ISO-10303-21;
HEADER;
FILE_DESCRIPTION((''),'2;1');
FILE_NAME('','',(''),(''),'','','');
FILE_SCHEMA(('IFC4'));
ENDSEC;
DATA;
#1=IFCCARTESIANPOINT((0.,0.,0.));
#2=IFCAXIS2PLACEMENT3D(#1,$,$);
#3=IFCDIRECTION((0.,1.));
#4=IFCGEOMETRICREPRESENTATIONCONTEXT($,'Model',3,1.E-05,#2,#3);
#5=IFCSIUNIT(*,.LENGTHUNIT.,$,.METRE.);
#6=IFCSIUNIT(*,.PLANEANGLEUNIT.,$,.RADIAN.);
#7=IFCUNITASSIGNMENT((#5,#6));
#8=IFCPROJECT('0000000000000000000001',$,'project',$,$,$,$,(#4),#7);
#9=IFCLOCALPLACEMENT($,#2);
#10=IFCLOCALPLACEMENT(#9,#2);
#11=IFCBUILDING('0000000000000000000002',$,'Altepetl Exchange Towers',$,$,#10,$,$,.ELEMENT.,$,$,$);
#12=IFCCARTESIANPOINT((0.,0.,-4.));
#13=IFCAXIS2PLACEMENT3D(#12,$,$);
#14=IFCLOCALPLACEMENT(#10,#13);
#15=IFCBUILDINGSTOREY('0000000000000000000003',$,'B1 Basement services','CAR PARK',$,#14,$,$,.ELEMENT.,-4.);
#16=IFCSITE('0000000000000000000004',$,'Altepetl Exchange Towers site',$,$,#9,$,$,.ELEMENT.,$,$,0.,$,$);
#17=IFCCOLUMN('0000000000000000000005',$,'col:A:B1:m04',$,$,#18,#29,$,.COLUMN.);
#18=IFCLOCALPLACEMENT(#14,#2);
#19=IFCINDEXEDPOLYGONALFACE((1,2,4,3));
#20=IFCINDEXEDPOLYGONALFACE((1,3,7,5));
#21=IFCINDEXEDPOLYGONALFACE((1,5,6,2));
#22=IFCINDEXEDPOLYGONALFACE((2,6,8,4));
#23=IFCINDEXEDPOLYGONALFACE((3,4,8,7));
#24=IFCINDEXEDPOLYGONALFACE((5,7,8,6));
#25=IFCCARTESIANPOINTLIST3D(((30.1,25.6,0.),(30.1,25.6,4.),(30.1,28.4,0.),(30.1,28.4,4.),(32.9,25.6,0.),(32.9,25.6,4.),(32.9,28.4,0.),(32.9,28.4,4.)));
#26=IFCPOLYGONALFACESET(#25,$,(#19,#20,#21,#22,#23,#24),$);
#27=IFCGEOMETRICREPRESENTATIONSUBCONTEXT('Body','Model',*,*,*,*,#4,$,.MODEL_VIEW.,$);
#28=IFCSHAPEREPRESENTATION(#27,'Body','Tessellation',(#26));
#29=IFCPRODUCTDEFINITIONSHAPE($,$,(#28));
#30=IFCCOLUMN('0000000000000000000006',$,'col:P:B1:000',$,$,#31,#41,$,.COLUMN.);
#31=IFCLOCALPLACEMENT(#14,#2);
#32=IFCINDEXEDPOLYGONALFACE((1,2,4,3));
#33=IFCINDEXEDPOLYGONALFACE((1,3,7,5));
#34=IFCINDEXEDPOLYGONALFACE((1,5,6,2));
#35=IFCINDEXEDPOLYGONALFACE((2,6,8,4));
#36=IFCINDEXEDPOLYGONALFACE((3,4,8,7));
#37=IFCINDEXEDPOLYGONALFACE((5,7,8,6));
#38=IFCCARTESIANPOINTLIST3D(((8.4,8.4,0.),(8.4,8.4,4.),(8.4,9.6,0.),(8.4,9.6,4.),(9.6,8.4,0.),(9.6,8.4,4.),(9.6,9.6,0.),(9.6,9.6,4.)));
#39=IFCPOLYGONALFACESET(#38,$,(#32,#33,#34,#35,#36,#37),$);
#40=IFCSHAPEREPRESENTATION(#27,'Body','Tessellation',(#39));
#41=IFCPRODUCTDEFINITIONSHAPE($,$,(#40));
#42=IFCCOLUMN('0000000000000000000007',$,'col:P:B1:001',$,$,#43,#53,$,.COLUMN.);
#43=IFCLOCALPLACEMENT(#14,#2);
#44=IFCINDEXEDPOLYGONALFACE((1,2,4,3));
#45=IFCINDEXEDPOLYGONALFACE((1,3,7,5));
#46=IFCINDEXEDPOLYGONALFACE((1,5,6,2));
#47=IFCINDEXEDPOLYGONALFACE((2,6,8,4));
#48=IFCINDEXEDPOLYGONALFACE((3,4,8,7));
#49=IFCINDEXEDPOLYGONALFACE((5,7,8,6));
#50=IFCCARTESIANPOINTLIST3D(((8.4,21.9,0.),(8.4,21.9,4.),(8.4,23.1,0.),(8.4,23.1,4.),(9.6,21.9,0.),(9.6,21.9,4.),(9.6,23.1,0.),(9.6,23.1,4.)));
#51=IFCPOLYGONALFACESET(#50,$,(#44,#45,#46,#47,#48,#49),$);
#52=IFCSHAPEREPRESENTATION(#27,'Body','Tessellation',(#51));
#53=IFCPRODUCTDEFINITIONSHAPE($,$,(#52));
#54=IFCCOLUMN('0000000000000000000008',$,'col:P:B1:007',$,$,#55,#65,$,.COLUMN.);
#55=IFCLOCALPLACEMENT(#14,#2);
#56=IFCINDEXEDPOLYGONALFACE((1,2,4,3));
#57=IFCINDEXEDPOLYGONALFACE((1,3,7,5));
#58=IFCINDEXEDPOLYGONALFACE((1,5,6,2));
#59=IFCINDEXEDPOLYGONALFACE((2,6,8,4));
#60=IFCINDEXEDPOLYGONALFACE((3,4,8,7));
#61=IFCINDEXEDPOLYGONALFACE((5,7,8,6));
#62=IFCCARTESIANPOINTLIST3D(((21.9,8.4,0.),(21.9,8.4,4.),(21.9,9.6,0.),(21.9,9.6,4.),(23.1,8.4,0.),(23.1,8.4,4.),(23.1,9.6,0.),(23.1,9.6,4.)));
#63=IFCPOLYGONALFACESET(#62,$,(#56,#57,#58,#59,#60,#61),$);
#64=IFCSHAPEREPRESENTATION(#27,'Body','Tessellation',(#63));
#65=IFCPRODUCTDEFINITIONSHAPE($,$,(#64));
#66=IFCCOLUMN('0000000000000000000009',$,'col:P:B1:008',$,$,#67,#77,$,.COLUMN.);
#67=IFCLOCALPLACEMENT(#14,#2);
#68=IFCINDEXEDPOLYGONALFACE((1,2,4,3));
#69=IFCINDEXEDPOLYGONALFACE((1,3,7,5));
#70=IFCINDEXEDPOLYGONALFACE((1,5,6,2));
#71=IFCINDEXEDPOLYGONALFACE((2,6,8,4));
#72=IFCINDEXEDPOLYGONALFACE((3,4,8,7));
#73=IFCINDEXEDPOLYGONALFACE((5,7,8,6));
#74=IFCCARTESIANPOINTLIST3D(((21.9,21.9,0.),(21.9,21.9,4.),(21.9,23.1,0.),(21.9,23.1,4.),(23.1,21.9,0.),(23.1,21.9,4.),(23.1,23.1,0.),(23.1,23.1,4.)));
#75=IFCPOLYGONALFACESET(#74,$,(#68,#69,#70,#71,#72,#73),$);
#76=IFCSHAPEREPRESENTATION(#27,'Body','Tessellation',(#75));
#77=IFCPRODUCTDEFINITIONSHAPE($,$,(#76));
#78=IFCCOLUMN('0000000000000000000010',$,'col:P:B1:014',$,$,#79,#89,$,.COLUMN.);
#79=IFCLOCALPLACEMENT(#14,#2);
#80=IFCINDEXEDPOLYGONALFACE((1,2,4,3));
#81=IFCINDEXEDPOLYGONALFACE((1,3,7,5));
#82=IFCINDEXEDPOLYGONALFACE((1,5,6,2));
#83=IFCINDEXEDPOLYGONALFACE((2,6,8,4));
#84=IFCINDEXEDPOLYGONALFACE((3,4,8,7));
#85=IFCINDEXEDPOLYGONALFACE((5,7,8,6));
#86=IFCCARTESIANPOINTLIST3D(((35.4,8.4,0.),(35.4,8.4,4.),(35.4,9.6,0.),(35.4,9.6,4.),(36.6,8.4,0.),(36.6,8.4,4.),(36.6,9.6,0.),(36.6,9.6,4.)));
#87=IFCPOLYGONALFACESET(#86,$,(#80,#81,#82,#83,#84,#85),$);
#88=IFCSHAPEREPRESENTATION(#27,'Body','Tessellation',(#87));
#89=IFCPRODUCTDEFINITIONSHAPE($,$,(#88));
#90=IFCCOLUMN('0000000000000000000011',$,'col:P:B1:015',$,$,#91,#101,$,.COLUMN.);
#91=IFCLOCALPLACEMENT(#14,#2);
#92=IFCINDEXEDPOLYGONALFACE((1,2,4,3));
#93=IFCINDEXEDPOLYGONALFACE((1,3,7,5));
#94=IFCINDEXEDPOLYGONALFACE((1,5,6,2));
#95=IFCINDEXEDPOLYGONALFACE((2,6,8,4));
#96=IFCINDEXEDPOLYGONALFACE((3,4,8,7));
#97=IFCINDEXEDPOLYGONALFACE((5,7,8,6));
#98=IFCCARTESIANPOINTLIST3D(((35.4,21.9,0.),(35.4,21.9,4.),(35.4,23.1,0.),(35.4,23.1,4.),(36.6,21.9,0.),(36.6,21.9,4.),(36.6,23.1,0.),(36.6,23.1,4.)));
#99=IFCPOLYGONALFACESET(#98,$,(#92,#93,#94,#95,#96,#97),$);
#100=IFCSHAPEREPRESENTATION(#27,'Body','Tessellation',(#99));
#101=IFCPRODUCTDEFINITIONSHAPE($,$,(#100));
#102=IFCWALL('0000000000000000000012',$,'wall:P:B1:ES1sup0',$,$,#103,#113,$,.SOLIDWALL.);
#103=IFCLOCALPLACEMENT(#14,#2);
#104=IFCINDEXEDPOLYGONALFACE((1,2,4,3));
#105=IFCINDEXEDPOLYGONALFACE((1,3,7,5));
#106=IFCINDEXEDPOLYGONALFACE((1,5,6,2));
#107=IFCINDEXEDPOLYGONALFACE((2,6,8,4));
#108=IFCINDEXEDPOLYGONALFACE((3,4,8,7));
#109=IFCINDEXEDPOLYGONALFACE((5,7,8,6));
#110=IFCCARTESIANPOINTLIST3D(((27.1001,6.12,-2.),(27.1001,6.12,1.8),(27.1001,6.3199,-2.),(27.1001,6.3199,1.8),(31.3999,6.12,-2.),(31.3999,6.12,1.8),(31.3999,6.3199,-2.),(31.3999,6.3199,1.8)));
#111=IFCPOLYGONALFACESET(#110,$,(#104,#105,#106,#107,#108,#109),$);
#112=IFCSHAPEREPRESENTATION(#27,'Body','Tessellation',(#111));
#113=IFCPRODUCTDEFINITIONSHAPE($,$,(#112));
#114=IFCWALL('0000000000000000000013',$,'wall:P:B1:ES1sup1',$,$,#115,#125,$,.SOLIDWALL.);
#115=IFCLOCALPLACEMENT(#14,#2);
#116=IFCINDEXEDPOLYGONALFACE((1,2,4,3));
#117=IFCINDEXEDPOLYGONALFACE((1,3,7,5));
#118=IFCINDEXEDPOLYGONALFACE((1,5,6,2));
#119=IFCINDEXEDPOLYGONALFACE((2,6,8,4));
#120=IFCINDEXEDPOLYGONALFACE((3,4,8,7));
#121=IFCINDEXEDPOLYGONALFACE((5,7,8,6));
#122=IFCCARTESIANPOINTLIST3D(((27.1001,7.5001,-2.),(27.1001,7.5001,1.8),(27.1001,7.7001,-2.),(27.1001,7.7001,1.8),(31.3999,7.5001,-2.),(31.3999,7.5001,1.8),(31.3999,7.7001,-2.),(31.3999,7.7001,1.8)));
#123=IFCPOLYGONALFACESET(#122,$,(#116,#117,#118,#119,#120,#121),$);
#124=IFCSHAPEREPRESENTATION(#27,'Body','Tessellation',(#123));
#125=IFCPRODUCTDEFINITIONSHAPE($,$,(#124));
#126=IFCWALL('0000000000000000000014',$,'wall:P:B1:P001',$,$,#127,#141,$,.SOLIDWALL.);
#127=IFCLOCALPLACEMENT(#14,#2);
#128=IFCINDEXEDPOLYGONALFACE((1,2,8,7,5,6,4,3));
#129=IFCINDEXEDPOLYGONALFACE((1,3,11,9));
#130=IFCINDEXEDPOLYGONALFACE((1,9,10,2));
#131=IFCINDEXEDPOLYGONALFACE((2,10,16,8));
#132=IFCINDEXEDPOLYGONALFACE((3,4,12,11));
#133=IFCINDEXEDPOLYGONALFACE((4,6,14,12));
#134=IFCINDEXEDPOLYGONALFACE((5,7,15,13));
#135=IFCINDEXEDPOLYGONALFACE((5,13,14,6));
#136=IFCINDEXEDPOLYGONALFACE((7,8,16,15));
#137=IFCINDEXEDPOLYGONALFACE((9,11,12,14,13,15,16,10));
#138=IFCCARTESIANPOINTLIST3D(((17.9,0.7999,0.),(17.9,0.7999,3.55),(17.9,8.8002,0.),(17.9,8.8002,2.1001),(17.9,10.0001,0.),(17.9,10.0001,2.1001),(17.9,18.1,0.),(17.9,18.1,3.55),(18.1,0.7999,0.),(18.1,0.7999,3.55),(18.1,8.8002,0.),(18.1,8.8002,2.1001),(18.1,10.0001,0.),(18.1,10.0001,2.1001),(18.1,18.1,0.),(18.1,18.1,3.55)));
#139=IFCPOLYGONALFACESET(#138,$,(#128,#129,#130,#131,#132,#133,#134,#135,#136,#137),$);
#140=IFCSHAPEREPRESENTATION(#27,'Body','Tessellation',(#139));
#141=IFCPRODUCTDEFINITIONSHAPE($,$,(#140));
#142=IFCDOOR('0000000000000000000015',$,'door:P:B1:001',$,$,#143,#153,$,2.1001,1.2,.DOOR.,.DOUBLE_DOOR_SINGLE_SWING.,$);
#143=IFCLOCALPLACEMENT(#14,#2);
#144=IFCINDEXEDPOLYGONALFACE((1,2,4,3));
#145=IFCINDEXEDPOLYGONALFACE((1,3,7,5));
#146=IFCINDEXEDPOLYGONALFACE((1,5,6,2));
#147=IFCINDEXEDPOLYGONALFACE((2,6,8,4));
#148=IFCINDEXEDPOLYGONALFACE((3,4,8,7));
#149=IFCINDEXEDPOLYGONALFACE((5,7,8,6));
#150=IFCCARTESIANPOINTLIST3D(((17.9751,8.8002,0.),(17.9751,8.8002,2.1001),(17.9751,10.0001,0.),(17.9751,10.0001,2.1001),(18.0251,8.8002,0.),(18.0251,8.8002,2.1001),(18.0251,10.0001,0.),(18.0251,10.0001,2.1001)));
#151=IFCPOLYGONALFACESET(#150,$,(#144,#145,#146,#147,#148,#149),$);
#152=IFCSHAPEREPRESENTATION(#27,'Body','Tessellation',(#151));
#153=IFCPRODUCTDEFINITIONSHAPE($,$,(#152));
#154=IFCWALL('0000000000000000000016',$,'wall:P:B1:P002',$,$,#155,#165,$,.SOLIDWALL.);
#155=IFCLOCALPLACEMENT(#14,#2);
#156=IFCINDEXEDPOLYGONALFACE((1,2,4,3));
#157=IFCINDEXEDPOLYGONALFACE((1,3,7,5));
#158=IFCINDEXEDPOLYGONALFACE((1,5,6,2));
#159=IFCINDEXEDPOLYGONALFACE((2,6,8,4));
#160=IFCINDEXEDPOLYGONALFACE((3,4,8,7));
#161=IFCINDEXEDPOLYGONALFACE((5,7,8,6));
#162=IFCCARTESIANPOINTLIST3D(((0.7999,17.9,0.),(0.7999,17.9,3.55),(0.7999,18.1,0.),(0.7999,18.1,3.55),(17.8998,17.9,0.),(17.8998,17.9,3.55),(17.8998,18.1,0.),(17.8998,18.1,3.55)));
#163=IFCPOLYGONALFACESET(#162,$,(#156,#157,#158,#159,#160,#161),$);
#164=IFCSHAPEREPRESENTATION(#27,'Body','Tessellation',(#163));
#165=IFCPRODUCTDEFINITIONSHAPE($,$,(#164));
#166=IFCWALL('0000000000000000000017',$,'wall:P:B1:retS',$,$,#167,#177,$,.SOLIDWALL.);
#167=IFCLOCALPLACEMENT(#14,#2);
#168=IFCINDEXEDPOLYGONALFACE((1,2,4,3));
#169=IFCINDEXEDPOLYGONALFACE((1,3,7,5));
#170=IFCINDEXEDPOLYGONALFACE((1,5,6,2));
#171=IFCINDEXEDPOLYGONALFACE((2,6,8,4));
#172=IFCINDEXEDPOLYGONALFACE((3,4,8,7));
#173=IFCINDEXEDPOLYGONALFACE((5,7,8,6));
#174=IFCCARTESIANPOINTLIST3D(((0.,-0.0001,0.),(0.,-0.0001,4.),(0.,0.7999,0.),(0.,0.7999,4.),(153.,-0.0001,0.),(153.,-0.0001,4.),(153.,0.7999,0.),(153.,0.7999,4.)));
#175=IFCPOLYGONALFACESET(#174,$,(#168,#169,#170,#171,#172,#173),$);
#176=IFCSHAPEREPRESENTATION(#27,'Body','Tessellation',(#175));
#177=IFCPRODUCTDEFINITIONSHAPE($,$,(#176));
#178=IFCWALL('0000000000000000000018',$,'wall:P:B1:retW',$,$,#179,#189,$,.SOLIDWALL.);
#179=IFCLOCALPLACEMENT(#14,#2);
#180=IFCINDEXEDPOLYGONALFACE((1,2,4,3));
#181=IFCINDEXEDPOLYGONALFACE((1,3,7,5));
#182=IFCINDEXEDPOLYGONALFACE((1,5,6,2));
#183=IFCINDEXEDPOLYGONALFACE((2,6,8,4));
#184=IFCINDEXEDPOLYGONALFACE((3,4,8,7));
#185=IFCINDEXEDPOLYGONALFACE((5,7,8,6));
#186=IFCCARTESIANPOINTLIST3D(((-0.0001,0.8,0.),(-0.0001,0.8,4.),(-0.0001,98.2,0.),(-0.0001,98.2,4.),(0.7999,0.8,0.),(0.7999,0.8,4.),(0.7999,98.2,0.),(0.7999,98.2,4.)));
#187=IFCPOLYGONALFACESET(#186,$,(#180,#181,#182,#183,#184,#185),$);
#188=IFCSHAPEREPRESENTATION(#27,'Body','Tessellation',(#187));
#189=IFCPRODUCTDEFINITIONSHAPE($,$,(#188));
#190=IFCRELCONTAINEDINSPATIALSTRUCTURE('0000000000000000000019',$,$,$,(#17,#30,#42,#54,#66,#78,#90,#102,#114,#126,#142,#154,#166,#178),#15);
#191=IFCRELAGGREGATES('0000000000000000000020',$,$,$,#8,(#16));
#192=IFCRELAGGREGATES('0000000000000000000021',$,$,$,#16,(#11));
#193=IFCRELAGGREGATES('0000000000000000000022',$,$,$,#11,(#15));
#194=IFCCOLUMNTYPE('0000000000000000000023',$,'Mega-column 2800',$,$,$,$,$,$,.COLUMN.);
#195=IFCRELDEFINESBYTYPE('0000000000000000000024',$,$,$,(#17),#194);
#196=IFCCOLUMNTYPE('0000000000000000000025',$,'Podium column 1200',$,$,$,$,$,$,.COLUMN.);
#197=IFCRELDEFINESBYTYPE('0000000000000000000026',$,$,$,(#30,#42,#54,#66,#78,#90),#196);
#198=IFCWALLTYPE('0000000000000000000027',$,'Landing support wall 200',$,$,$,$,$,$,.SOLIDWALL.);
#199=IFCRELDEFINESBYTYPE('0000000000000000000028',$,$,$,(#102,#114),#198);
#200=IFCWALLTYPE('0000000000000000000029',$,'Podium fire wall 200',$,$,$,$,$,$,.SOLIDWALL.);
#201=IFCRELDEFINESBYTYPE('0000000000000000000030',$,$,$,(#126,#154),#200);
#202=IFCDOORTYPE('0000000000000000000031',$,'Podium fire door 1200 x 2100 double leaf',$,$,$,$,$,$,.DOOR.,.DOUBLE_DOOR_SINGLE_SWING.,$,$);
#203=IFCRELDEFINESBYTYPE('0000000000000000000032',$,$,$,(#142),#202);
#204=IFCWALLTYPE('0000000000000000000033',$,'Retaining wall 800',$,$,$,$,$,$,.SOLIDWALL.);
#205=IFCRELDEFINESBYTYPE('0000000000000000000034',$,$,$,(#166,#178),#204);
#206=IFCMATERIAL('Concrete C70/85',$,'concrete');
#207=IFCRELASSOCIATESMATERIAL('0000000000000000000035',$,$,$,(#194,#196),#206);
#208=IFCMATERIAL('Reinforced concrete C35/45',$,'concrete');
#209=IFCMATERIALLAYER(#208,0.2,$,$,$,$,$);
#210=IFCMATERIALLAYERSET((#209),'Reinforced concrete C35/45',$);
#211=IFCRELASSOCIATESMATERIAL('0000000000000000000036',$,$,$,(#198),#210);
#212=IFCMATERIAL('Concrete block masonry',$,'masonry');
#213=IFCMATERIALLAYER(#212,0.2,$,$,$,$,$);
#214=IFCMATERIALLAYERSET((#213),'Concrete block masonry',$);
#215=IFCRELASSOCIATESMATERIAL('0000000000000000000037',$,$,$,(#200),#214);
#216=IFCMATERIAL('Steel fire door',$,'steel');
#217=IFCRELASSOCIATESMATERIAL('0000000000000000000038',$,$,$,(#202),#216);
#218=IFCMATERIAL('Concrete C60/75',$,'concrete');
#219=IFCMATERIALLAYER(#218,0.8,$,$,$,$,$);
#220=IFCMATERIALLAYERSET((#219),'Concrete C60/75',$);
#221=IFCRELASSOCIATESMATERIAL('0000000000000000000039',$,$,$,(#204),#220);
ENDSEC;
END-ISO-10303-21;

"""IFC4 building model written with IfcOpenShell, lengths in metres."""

from ifc_helpers import new_model, si_unit, direction, frame, frame_2d, origin, origin_2d, place, context, subcontext, project, spatial, rectangle, extrude, material, layer, layer_set, material_profile, profile_set, type_object, element, fill, save


model = new_model("IFC4")

# Units and contexts
model_context = context("Model", 3, precision=1e-05, world=origin(), true_north=direction((0.0, 1.0)))
body_context = subcontext(model_context, "Body", "Model", "MODEL_VIEW")
ifc_project = project(units=[si_unit("LENGTHUNIT", "METRE"), si_unit("PLANEANGLEUNIT", "RADIAN")], contexts=[model_context])

# Site, building, storey
site_placement = place(None, origin())
site = spatial("IfcSite", under=ifc_project, at=site_placement, Name="Altepetl Exchange Towers site", CompositionType="ELEMENT", RefElevation=0.0)
building_placement = place(site_placement, origin())
building = spatial("IfcBuilding", under=site, at=building_placement, Name="Altepetl Exchange Towers", CompositionType="ELEMENT")
storey_placement = place(building_placement, frame((0.0, 0.0, -4.0)))
storey = spatial("IfcBuildingStorey", under=building, at=storey_placement, Name="B1 Basement services", Description="CAR PARK", CompositionType="ELEMENT", Elevation=-4.0)

# Columns
ifc_material_1 = material(Name="Concrete C70/85", Category="concrete")
ifc_material_profile_1 = material_profile(ifc_material_1, rectangle(XDim=2.8, YDim=2.8, at=origin_2d()), Name="2800 x 2800")
ifc_profile_set_1 = profile_set([ifc_material_profile_1], Name="Concrete C70/85")
column_type_1 = type_object("IfcColumnType", Name="Mega-column 2800", PredefinedType="COLUMN", material=ifc_profile_set_1)
column_placement = place(storey_placement, frame((31.5, 27.0, 0.0)))
element("IfcColumn", 1, at=column_placement, inside=storey, type_object=column_type_1, Name="col:A:B1:m04", PredefinedType="COLUMN", context=body_context, shape_type="SweptSolid", body=[
    extrude(rectangle(XDim=2.8, YDim=2.8, at=origin_2d()), origin(), (0.0, 0.0, 1.0), 4.0),
])
ifc_material_profile_2 = material_profile(ifc_material_1, rectangle(XDim=1.2, YDim=1.2, at=origin_2d()), Name="1200 x 1200")
ifc_profile_set_2 = profile_set([ifc_material_profile_2], Name="Concrete C70/85")
column_type_2 = type_object("IfcColumnType", Name="Podium column 1200", PredefinedType="COLUMN", material=ifc_profile_set_2)
for number, where, name in (
    (2, (9.0, 9.0, 0.0), "col:P:B1:000"),
    (3, (9.0, 22.5, 0.0), "col:P:B1:001"),
    (4, (22.5, 9.0, 0.0), "col:P:B1:007"),
    (5, (22.5, 22.5, 0.0), "col:P:B1:008"),
    (6, (36.0, 9.0, 0.0), "col:P:B1:014"),
    (7, (36.0, 22.5, 0.0), "col:P:B1:015"),
):
    element("IfcColumn", number, at=place(storey_placement, frame(where)), inside=storey, type_object=column_type_2, Name=name, PredefinedType="COLUMN", context=body_context, shape_type="SweptSolid", body=[
        extrude(rectangle(XDim=1.2, YDim=1.2, at=origin_2d()), origin(), (0.0, 0.0, 1.0), 4.0),
    ])

# Walls
ifc_material_2 = material(Name="Reinforced concrete C35/45", Category="concrete")
ifc_layer_1 = layer(ifc_material_2, 0.2)
ifc_layer_set_1 = layer_set([ifc_layer_1], Name="Reinforced concrete C35/45")
wall_type_1 = type_object("IfcWallType", Name="Landing support wall 200", PredefinedType="SOLIDWALL", material=ifc_layer_set_1)
for number, where, name in (
    (8, (27.1001, 6.22, -2.0), "wall:P:B1:ES1sup0"),
    (9, (27.1001, 7.6001, -2.0), "wall:P:B1:ES1sup1"),
):
    element("IfcWall", number, at=place(storey_placement, frame(where)), inside=storey, type_object=wall_type_1, Name=name, PredefinedType="SOLIDWALL", context=body_context, shape_type="SweptSolid", body=[
        extrude(rectangle(XDim=4.2998, YDim=0.2, at=frame_2d((2.1499, 0.0))), origin(), (0.0, 0.0, 1.0), 3.8),
    ])

# Wall, opening, door
ifc_material_3 = material(Name="Concrete block masonry", Category="masonry")
ifc_layer_2 = layer(ifc_material_3, 0.2)
ifc_layer_set_2 = layer_set([ifc_layer_2], Name="Concrete block masonry")
wall_type_2 = type_object("IfcWallType", Name="Podium fire wall 200", PredefinedType="SOLIDWALL", material=ifc_layer_set_2)
wall_1_placement = place(storey_placement, frame((18.0, 0.8, 0.0), z_axis=(0.0, 0.0, 1.0), x_axis=(0.0, 1.0, 0.0)))
wall_1 = element("IfcWall", 10, at=wall_1_placement, inside=storey, type_object=wall_type_2, Name="wall:P:B1:P001", PredefinedType="SOLIDWALL", context=body_context, shape_type="SweptSolid", body=[
    extrude(rectangle(XDim=17.3, YDim=0.2, at=frame_2d((8.6499, 0.0))), origin(), (0.0, 0.0, 1.0), 3.55),
])
opening_1_placement = place(wall_1_placement, frame((8.0, 0.0, 0.0)))
opening_1 = element("IfcOpeningElement", 11, at=opening_1_placement, cuts=wall_1, PredefinedType="OPENING", context=body_context, shape_type="SweptSolid", body=[
    extrude(rectangle(XDim=1.2, YDim=2.1001, at=frame_2d((0.6001, 1.05))), frame((0.0, 0.1099, 0.0), z_axis=(0.0, -1.0, 0.0), x_axis=(1.0, 0.0, 0.0)), (0.0, 0.0, 1.0), 0.22),
])
ifc_material_4 = material(Name="Steel fire door", Category="steel")
door_type_1 = type_object("IfcDoorType", Name="Podium fire door 1200 x 2100 double leaf", OperationType="DOUBLE_DOOR_SINGLE_SWING", PredefinedType="DOOR", material=ifc_material_4)
door_1_placement = place(opening_1_placement, origin())
door_1 = element("IfcDoor", 12, at=door_1_placement, inside=storey, type_object=door_type_1, Name="door:P:B1:001", OperationType="DOUBLE_DOOR_SINGLE_SWING", OverallHeight=2.1001, OverallWidth=1.2, PredefinedType="DOOR", context=body_context, shape_type="SweptSolid", body=[
    extrude(rectangle(XDim=1.2, YDim=2.1001, at=frame_2d((0.6001, 1.05))), frame((0.0, 0.0249, 0.0), z_axis=(0.0, -1.0, 0.0), x_axis=(1.0, 0.0, 0.0)), (0.0, 0.0, 1.0), 0.05),
])
fill(opening_1, door_1)

# Walls
wall_2_placement = place(storey_placement, frame((0.8, 18.0, 0.0)))
element("IfcWall", 13, at=wall_2_placement, inside=storey, type_object=wall_type_2, Name="wall:P:B1:P002", PredefinedType="SOLIDWALL", context=body_context, shape_type="SweptSolid", body=[
    extrude(rectangle(XDim=17.0999, YDim=0.2, at=frame_2d((8.5498, 0.0))), origin(), (0.0, 0.0, 1.0), 3.55),
])
ifc_material_5 = material(Name="Concrete C60/75", Category="concrete")
ifc_layer_3 = layer(ifc_material_5, 0.8)
ifc_layer_set_3 = layer_set([ifc_layer_3], Name="Concrete C60/75")
wall_type_3 = type_object("IfcWallType", Name="Retaining wall 800", PredefinedType="SOLIDWALL", material=ifc_layer_set_3)
wall_3_placement = place(storey_placement, frame((0.0, 0.3999, 0.0)))
element("IfcWall", 14, at=wall_3_placement, inside=storey, type_object=wall_type_3, Name="wall:P:B1:retS", PredefinedType="SOLIDWALL", context=body_context, shape_type="SweptSolid", body=[
    extrude(rectangle(XDim=153.0, YDim=0.8, at=frame_2d((76.5, 0.0))), origin(), (0.0, 0.0, 1.0), 4.0),
])
wall_4_placement = place(storey_placement, frame((0.3999, 0.8, 0.0), z_axis=(0.0, 0.0, 1.0), x_axis=(0.0, 1.0, 0.0)))
element("IfcWall", 15, at=wall_4_placement, inside=storey, type_object=wall_type_3, Name="wall:P:B1:retW", PredefinedType="SOLIDWALL", context=body_context, shape_type="SweptSolid", body=[
    extrude(rectangle(XDim=97.3999, YDim=0.8, at=frame_2d((48.7, 0.0))), origin(), (0.0, 0.0, 1.0), 4.0),
])

save(model, "model.ifc")
